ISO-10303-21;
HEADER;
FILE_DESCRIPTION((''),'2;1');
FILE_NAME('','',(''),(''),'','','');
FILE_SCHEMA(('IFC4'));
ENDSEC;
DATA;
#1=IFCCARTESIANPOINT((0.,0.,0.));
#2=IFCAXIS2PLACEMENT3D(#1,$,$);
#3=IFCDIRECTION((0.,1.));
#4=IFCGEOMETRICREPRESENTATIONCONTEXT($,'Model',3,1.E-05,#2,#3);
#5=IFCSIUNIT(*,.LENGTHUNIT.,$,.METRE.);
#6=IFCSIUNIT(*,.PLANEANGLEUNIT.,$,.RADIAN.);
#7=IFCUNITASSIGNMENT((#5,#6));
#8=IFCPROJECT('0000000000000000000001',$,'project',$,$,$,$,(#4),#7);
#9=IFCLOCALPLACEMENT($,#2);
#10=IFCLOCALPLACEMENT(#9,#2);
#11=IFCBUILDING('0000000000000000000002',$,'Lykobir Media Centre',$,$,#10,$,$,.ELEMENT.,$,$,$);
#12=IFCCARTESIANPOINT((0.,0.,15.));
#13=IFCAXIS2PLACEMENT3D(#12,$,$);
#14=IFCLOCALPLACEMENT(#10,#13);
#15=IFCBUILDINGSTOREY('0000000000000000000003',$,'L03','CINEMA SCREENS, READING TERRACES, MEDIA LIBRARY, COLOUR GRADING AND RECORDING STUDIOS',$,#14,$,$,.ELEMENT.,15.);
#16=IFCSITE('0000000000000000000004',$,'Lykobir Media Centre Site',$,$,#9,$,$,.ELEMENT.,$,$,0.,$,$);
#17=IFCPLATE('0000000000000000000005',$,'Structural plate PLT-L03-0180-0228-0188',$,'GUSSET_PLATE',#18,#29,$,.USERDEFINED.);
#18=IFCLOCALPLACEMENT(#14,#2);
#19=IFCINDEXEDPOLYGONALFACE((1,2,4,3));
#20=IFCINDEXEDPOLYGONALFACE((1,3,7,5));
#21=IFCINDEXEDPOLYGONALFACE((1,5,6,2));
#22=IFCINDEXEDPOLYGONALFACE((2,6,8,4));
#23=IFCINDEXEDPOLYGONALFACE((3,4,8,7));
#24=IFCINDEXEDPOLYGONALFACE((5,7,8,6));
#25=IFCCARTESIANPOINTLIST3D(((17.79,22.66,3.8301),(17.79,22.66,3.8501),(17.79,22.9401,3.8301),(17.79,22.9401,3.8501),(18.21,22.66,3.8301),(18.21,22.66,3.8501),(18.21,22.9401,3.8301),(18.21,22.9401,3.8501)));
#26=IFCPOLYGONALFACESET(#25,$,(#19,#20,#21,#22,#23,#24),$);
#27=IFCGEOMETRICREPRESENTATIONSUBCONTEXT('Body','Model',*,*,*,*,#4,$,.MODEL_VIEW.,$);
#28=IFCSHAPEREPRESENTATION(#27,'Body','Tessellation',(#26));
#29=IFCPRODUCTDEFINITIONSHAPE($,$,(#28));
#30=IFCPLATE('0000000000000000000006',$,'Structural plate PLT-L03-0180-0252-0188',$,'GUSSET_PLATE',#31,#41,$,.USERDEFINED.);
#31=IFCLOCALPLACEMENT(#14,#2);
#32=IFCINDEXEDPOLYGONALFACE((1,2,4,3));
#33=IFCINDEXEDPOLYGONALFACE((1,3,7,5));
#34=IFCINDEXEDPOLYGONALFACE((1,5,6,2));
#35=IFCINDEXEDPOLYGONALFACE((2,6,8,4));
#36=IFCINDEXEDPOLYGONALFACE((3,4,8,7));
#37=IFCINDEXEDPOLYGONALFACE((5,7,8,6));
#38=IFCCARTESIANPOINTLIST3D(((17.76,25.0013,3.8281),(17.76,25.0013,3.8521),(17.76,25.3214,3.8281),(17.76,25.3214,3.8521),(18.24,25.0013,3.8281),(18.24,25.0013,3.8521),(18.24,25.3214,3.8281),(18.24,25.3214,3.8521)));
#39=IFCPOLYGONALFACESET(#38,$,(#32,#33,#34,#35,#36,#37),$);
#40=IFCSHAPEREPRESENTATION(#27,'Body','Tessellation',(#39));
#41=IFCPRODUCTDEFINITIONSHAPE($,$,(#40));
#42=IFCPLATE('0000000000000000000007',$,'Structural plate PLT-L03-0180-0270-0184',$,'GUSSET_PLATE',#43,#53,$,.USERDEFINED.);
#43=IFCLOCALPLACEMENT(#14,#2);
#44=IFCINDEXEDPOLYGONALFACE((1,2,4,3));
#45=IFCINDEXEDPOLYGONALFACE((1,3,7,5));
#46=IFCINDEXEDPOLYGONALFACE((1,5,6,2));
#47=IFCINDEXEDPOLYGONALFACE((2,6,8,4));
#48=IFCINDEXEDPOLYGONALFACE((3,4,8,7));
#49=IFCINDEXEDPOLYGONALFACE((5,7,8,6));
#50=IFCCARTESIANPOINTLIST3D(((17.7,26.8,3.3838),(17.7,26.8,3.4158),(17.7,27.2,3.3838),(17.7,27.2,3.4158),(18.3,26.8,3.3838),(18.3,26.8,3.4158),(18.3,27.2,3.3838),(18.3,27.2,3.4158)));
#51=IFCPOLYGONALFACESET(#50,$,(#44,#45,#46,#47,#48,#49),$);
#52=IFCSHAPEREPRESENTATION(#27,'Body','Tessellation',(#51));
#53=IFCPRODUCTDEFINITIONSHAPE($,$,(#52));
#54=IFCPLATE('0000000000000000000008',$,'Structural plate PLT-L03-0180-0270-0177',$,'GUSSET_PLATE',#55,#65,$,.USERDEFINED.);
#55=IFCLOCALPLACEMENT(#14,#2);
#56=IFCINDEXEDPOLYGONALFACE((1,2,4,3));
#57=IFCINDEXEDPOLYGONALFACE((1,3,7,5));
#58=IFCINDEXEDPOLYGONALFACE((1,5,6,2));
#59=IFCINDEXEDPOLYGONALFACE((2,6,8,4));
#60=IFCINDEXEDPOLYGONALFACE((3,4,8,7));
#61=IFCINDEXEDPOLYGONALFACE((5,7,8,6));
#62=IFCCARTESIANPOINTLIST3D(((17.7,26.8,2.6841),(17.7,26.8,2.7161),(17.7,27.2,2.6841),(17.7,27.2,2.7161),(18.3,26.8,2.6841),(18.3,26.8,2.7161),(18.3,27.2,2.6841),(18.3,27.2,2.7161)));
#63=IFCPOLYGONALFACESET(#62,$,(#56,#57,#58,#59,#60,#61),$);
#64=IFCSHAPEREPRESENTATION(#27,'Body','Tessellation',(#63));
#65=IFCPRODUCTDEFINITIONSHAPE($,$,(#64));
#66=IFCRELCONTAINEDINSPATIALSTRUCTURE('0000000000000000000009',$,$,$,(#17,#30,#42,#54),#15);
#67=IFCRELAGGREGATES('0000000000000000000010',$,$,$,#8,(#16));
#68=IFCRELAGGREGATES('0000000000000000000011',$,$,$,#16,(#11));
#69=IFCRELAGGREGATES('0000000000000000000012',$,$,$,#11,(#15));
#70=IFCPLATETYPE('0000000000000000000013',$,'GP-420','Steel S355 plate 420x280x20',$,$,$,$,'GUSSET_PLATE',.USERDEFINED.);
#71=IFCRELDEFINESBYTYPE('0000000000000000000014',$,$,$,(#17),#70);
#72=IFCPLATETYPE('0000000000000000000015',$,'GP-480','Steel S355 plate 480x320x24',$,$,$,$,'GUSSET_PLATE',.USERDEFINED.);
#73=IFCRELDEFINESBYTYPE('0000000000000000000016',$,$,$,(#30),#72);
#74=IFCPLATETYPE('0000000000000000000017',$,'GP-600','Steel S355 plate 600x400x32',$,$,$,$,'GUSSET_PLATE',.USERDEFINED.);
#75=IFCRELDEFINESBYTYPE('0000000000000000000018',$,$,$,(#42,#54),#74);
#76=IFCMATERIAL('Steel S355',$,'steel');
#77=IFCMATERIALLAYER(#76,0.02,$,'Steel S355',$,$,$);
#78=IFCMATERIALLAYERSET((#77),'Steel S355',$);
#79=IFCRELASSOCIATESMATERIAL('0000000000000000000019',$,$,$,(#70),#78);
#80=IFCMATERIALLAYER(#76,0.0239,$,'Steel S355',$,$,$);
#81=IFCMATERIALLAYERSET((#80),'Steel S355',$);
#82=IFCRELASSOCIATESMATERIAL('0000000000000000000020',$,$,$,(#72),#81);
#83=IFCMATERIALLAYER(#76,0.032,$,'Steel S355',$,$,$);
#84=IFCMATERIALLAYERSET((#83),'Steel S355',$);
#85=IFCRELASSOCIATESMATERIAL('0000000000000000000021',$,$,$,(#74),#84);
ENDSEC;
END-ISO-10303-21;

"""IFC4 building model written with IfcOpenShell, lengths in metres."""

from ifc_helpers import new_model, si_unit, direction, frame, origin, origin_2d, place, context, subcontext, project, spatial, rectangle, extrude, material, layer, layer_set, type_object, element, save


model = new_model("IFC4")

# Units and contexts
model_context = context("Model", 3, precision=1e-05, world=origin(), true_north=direction((0.0, 1.0)))
body_context = subcontext(model_context, "Body", "Model", "MODEL_VIEW")
ifc_project = project(units=[si_unit("LENGTHUNIT", "METRE"), si_unit("PLANEANGLEUNIT", "RADIAN")], contexts=[model_context])

# Site, building, storey
site_placement = place(None, origin())
site = spatial("IfcSite", under=ifc_project, at=site_placement, Name="Lykobir Media Centre Site", CompositionType="ELEMENT", RefElevation=0.0)
building_placement = place(site_placement, origin())
building = spatial("IfcBuilding", under=site, at=building_placement, Name="Lykobir Media Centre", CompositionType="ELEMENT")
storey_placement = place(building_placement, frame((0.0, 0.0, 15.0)))
storey = spatial("IfcBuildingStorey", under=building, at=storey_placement, Name="L03", Description="CINEMA SCREENS, READING TERRACES, MEDIA LIBRARY, COLOUR GRADING AND RECORDING STUDIOS", CompositionType="ELEMENT", Elevation=15.0)

# Shared definitions
ifc_material_1 = material(Name="Steel S355", Category="steel")

# Plates
ifc_layer_1 = layer(ifc_material_1, 0.02, Name="Steel S355")
ifc_layer_set_1 = layer_set([ifc_layer_1], Name="Steel S355")
plate_type_1 = type_object("IfcPlateType", Name="GP-420", Description="Steel S355 plate 420x280x20", ElementType="GUSSET_PLATE", PredefinedType="USERDEFINED", material=ifc_layer_set_1)
plate_1_placement = place(storey_placement, frame((18.0, 22.8, 3.8301), z_axis=(0.0, 0.0, 1.0), x_axis=(1.0, 0.0, 0.0)))
element("IfcPlate", 1, at=plate_1_placement, inside=storey, type_object=plate_type_1, Name="Structural plate PLT-L03-0180-0228-0188", ObjectType="GUSSET_PLATE", PredefinedType="USERDEFINED", context=body_context, shape_type="SweptSolid", body=[
    extrude(rectangle(XDim=0.4199, YDim=0.28, at=origin_2d()), origin(), (0.0, 0.0, 1.0), 0.02),
])
ifc_layer_2 = layer(ifc_material_1, 0.0239, Name="Steel S355")
ifc_layer_set_2 = layer_set([ifc_layer_2], Name="Steel S355")
plate_type_2 = type_object("IfcPlateType", Name="GP-480", Description="Steel S355 plate 480x320x24", ElementType="GUSSET_PLATE", PredefinedType="USERDEFINED", material=ifc_layer_set_2)
plate_2_placement = place(storey_placement, frame((18.0, 25.1614, 3.8281), z_axis=(0.0, 0.0, 1.0), x_axis=(1.0, 0.0, 0.0)))
element("IfcPlate", 2, at=plate_2_placement, inside=storey, type_object=plate_type_2, Name="Structural plate PLT-L03-0180-0252-0188", ObjectType="GUSSET_PLATE", PredefinedType="USERDEFINED", context=body_context, shape_type="SweptSolid", body=[
    extrude(rectangle(XDim=0.48, YDim=0.3201, at=origin_2d()), origin(), (0.0, 0.0, 1.0), 0.0239),
])
ifc_layer_3 = layer(ifc_material_1, 0.032, Name="Steel S355")
ifc_layer_set_3 = layer_set([ifc_layer_3], Name="Steel S355")
plate_type_3 = type_object("IfcPlateType", Name="GP-600", Description="Steel S355 plate 600x400x32", ElementType="GUSSET_PLATE", PredefinedType="USERDEFINED", material=ifc_layer_set_3)
for number, where, z_axis, x_axis, name in (
    (3, (18.0, 27.0, 3.3838), (0.0, 0.0, 1.0), (1.0, 0.0, 0.0), "Structural plate PLT-L03-0180-0270-0184"),
    (4, (18.0, 27.0, 2.6841), (0.0, 0.0, 1.0), (1.0, 0.0, 0.0), "Structural plate PLT-L03-0180-0270-0177"),
):
    element("IfcPlate", number, at=place(storey_placement, frame(where, z_axis=z_axis, x_axis=x_axis)), inside=storey, type_object=plate_type_3, Name=name, ObjectType="GUSSET_PLATE", PredefinedType="USERDEFINED", context=body_context, shape_type="SweptSolid", body=[
        extrude(rectangle(XDim=0.6001, YDim=0.3999, at=origin_2d()), origin(), (0.0, 0.0, 1.0), 0.032),
    ])

save(model, "model.ifc")
